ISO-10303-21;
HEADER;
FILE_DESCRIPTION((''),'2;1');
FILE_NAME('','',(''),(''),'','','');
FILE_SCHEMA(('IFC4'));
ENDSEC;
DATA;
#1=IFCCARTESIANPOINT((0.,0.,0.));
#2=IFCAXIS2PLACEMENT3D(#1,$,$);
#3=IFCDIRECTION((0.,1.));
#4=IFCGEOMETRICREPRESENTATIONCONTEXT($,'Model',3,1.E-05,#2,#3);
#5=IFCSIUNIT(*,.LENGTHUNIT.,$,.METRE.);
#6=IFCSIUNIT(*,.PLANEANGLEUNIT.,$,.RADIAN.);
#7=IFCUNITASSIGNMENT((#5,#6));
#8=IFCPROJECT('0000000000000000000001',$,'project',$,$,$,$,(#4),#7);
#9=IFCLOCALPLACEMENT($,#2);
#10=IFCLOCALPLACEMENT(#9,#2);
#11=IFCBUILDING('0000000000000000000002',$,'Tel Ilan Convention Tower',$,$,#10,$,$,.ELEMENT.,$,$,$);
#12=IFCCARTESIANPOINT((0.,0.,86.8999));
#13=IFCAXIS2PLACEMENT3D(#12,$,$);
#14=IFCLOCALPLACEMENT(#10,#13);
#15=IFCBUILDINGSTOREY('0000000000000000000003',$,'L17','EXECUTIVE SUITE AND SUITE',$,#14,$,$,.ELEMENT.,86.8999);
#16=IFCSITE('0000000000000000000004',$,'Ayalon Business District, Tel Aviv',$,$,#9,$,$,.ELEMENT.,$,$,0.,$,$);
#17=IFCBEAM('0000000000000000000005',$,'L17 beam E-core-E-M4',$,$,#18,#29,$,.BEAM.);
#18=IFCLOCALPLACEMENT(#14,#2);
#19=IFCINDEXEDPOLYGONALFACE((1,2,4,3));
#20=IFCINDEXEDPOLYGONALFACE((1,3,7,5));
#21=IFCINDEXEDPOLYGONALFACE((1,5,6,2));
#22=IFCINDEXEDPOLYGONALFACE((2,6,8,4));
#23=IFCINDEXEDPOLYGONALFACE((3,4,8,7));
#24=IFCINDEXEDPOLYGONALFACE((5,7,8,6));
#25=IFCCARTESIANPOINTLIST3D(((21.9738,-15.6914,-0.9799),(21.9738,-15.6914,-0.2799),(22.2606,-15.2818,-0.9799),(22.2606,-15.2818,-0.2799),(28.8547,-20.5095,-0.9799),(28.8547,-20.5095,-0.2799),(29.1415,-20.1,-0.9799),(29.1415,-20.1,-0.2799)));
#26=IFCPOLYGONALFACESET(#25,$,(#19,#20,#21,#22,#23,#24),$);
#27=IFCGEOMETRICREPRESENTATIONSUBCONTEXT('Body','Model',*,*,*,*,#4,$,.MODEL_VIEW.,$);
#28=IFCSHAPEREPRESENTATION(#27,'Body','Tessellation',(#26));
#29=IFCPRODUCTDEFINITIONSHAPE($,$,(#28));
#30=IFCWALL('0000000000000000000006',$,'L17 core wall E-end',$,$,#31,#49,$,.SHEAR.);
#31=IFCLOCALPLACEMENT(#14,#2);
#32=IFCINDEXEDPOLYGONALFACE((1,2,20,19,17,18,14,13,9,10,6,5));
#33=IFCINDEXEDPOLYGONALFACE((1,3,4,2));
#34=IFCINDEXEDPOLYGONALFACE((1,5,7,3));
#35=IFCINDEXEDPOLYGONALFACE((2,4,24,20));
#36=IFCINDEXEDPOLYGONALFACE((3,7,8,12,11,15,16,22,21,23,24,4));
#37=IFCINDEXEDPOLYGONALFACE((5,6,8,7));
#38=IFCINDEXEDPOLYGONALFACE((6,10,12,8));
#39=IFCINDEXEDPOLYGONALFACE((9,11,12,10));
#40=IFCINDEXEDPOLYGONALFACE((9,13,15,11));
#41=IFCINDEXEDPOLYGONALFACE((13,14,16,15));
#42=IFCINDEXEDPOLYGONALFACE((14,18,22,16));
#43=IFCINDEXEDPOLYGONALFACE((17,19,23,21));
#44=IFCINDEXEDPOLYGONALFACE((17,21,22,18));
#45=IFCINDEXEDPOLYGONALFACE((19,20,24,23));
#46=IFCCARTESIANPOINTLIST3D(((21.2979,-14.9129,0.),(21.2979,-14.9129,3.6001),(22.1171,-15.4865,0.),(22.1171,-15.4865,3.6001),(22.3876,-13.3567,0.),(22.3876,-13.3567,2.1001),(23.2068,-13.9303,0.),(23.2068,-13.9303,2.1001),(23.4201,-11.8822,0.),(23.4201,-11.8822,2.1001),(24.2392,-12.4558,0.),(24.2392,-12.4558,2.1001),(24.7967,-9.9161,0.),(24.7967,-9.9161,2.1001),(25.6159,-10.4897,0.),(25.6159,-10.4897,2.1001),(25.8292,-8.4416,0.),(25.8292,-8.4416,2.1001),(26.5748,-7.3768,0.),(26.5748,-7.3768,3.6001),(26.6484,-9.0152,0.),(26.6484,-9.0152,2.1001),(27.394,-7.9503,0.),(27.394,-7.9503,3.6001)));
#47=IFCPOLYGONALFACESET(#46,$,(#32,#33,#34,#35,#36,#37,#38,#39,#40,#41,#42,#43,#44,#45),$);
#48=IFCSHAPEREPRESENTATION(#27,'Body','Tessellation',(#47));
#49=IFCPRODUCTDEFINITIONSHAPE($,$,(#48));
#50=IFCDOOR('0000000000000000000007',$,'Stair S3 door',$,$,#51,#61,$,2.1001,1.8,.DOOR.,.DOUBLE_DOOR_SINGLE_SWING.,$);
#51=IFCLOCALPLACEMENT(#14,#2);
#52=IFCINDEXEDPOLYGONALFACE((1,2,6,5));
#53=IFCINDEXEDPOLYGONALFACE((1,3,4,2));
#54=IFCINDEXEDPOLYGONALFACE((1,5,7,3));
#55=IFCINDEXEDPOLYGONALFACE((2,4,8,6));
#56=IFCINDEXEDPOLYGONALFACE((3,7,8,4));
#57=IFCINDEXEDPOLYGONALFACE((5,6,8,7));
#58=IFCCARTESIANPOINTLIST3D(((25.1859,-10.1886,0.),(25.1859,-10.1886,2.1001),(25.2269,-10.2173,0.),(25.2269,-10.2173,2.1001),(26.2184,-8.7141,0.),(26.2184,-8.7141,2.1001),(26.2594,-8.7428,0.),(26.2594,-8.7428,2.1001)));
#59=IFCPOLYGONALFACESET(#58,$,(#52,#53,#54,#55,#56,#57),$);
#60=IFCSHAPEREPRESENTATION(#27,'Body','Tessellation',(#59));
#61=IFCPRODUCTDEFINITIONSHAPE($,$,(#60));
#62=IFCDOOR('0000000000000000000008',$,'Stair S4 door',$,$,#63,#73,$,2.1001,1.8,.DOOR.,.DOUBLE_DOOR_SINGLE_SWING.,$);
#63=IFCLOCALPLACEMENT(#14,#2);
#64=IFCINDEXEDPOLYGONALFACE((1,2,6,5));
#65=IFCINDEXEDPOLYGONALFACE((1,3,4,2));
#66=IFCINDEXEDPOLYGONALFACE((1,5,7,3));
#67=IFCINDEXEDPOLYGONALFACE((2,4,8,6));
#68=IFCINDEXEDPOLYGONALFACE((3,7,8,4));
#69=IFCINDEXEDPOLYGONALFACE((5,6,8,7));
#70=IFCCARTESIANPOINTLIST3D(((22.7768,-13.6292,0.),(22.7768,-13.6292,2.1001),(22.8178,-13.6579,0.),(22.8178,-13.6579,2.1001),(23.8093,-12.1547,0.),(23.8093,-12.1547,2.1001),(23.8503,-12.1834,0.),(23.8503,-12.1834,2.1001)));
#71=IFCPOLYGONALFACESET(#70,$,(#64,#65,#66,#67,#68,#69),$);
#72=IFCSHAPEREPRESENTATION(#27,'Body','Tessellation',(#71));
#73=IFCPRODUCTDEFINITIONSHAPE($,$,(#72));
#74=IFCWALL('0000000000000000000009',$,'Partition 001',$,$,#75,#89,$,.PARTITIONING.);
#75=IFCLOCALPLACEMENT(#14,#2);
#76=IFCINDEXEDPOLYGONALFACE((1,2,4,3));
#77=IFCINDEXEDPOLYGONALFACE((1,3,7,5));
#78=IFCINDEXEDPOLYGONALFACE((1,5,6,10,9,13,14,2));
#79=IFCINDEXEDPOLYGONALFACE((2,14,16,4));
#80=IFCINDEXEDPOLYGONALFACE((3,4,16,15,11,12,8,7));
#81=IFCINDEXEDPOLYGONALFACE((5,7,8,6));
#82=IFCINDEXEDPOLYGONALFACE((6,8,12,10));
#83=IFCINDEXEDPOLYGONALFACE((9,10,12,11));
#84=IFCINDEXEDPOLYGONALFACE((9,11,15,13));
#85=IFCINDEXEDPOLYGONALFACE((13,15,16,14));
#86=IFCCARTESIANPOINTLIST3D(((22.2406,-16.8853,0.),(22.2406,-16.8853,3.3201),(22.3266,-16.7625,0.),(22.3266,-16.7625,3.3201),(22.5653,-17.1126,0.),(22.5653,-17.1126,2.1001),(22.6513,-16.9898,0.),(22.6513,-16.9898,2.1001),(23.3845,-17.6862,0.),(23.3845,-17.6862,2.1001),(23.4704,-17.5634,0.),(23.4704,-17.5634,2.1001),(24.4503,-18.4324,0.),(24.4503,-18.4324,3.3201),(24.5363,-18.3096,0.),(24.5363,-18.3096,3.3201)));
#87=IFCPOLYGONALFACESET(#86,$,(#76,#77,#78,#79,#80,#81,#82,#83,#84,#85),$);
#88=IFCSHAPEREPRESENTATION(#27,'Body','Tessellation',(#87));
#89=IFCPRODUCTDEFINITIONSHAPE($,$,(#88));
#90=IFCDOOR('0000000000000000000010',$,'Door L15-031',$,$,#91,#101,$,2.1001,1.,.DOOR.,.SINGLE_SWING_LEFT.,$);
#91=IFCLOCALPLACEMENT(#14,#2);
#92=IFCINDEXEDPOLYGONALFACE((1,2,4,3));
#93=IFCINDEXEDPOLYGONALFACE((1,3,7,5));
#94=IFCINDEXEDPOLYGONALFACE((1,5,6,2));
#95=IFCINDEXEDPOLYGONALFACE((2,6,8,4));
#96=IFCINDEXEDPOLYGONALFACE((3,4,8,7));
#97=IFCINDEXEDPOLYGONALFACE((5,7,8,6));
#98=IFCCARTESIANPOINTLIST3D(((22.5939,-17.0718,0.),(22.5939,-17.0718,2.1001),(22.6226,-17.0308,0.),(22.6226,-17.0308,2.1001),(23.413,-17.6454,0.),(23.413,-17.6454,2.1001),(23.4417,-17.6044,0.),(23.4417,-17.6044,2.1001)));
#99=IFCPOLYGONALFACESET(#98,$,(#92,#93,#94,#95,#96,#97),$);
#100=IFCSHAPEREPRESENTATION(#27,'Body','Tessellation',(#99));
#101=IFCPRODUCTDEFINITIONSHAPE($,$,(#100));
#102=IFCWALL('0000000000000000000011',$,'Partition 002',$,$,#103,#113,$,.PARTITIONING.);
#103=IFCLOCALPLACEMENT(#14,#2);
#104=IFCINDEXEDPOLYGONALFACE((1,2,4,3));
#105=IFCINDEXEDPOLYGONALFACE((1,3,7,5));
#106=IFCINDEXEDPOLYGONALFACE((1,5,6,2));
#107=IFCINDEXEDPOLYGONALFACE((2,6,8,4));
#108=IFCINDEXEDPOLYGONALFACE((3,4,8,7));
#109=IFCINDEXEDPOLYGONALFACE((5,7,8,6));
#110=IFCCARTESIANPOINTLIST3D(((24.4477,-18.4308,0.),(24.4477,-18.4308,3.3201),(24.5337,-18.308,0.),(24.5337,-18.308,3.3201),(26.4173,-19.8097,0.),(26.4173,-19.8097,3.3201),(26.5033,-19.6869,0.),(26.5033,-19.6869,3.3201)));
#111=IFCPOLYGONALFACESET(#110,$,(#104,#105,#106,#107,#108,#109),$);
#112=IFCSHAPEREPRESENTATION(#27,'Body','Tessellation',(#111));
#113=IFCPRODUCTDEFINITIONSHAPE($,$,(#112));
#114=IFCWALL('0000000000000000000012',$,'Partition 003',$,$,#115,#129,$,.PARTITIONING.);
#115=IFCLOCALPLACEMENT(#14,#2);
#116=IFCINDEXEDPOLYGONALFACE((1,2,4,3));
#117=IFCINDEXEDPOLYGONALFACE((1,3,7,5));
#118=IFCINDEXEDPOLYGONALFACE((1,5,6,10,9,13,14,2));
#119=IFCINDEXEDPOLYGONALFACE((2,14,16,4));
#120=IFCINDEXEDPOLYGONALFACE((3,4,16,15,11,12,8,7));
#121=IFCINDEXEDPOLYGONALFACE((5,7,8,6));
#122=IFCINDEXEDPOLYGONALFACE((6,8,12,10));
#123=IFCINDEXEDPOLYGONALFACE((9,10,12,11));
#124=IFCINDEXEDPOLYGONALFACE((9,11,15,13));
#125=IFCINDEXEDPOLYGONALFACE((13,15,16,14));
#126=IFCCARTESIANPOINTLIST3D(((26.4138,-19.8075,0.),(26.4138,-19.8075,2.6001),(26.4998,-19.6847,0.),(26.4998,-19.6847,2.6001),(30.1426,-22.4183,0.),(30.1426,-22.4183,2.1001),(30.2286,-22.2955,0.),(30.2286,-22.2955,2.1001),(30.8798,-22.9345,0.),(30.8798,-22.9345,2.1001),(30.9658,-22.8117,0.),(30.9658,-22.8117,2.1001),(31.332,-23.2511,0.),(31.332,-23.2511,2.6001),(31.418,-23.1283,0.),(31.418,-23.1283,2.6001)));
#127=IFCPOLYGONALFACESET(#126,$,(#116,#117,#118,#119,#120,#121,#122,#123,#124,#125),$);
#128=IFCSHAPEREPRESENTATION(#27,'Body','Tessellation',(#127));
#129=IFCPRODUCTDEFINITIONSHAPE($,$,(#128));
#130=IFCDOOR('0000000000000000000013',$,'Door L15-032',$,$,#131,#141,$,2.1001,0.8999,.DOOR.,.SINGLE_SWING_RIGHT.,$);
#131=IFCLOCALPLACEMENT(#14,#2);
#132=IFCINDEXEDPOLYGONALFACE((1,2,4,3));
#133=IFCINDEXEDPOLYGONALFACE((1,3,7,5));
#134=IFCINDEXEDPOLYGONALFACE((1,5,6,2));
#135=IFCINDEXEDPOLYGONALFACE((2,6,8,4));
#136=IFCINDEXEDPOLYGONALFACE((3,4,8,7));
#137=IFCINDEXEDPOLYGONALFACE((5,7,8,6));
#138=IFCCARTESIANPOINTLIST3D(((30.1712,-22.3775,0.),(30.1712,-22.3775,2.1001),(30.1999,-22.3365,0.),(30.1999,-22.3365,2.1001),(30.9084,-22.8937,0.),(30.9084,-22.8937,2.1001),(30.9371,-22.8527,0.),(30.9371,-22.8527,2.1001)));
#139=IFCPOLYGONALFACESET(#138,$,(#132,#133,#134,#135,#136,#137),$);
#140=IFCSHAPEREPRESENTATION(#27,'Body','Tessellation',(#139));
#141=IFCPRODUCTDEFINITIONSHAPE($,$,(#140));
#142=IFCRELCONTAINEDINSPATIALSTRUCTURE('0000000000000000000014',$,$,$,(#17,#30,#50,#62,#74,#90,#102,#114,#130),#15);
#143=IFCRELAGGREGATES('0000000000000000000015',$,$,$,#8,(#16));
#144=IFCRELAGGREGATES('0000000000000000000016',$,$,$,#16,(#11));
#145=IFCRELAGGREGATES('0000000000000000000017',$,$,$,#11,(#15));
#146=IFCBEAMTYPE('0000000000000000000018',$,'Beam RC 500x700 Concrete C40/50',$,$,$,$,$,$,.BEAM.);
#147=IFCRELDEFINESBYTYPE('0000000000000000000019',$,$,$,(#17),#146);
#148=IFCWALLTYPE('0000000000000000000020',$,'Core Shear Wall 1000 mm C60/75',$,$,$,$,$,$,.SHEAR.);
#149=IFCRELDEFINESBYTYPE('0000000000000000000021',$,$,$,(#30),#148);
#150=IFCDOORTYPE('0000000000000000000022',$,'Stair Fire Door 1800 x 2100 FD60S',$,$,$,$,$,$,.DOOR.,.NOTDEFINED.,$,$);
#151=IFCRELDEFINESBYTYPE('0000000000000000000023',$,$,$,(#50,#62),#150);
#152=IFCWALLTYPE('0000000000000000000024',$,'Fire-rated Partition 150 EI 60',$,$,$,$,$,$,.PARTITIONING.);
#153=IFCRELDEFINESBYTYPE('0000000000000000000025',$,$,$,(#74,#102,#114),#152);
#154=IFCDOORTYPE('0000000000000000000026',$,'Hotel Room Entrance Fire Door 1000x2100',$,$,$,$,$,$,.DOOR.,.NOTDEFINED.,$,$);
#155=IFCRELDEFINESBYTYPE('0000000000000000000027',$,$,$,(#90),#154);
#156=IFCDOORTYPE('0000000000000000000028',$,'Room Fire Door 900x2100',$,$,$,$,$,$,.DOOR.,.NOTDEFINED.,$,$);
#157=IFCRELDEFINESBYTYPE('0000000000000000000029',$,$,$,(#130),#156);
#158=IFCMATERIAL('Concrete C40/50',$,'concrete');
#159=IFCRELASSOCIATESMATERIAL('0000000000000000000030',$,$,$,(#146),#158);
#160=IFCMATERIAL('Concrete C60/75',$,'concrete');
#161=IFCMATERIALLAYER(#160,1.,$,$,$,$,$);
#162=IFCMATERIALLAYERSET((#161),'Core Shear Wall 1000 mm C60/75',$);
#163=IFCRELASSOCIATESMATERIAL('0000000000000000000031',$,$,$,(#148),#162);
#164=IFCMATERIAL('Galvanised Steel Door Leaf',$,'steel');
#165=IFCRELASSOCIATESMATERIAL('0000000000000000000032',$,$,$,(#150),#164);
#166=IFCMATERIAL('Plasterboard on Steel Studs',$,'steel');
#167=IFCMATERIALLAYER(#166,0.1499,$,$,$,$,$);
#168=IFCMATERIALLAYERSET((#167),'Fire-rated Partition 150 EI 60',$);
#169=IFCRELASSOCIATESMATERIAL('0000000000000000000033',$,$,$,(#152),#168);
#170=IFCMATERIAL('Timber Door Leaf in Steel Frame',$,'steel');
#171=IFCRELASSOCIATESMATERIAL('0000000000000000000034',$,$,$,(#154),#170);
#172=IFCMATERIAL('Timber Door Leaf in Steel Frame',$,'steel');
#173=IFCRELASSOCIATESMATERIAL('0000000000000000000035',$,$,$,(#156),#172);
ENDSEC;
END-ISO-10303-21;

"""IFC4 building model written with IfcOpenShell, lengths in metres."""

from ifc_helpers import new_model, si_unit, direction, frame, frame_2d, origin, origin_2d, place, context, subcontext, project, spatial, polyline, rectangle, outline, extrude, material, layer, layer_set, material_profile, profile_set, type_object, element, fill, save


model = new_model("IFC4")

# Units and contexts
model_context = context("Model", 3, precision=1e-05, world=origin(), true_north=direction((0.0, 1.0)))
body_context = subcontext(model_context, "Body", "Model", "MODEL_VIEW")
ifc_project = project(units=[si_unit("LENGTHUNIT", "METRE"), si_unit("PLANEANGLEUNIT", "RADIAN")], contexts=[model_context])

# Site, building, storey
site_placement = place(None, origin())
site = spatial("IfcSite", under=ifc_project, at=site_placement, Name="Ayalon Business District, Tel Aviv", CompositionType="ELEMENT", RefElevation=0.0)
building_placement = place(site_placement, origin())
building = spatial("IfcBuilding", under=site, at=building_placement, Name="Tel Ilan Convention Tower", CompositionType="ELEMENT")
storey_placement = place(building_placement, frame((0.0, 0.0, 86.8999)))
storey = spatial("IfcBuildingStorey", under=building, at=storey_placement, Name="L17", Description="EXECUTIVE SUITE AND SUITE", CompositionType="ELEMENT", Elevation=86.8999)

# Beam
ifc_material_1 = material(Name="Concrete C40/50", Category="concrete")
ifc_material_profile = material_profile(ifc_material_1, rectangle(XDim=0.5, YDim=0.7, at=origin_2d()), Name="RC 500x700")
ifc_profile_set = profile_set([ifc_material_profile], Name="Concrete C40/50")
beam_type = type_object("IfcBeamType", Name="Beam RC 500x700 Concrete C40/50", PredefinedType="BEAM", material=ifc_profile_set)
beam_placement = place(storey_placement, frame((22.1172, -15.4866, -0.6299), z_axis=(0.819147, -0.573583, 0.0), x_axis=(0.573583, 0.819147, 0.0)))
element("IfcBeam", 1, at=beam_placement, inside=storey, type_object=beam_type, Name="L17 beam E-core-E-M4", PredefinedType="BEAM", context=body_context, shape_type="SweptSolid", body=[
    extrude(rectangle(XDim=0.5, YDim=0.7, at=origin_2d()), origin(), (0.0, 0.0, 1.0), 8.4001),
])

# Wall, openings, doors
ifc_material_2 = material(Name="Concrete C60/75", Category="concrete")
ifc_layer_1 = layer(ifc_material_2, 1.0)
ifc_layer_set_1 = layer_set([ifc_layer_1], Name="Core Shear Wall 1000 mm C60/75")
wall_type_1 = type_object("IfcWallType", Name="Core Shear Wall 1000 mm C60/75", PredefinedType="SHEAR", material=ifc_layer_set_1)
wall_1_placement = place(storey_placement, frame((21.7075, -15.1997, 0.0), z_axis=(0.0, 0.0, 1.0), x_axis=(0.573576, 0.819152, 0.0)))
wall_1 = element("IfcWall", 2, at=wall_1_placement, inside=storey, type_object=wall_type_1, Name="L17 core wall E-end", PredefinedType="SHEAR", context=body_context, shape_type="SweptSolid", body=[
    extrude(outline(polyline([(9.2, 0.5), (0.0, 0.5), (0.0, -0.5), (9.2, -0.5), (9.2, 0.5)])), origin(), (0.0, 0.0, 1.0), 3.6001),
])
opening_1_placement = place(wall_1_placement, frame((6.1001, 0.0, 0.0)))
opening_1 = element("IfcOpeningElement", 3, at=opening_1_placement, cuts=wall_1, PredefinedType="OPENING", context=body_context, shape_type="SweptSolid", body=[
    extrude(rectangle(XDim=1.8, YDim=2.1001, at=frame_2d((0.8999, 1.05))), frame((0.0, 0.51, 0.0), z_axis=(0.0, -1.0, 0.0), x_axis=(1.0, 0.0, 0.0)), (0.0, 0.0, 1.0), 1.02),
])
opening_2_placement = place(wall_1_placement, frame((1.8999, 0.0, 0.0)))
opening_2 = element("IfcOpeningElement", 4, at=opening_2_placement, cuts=wall_1, PredefinedType="OPENING", context=body_context, shape_type="SweptSolid", body=[
    extrude(rectangle(XDim=1.8, YDim=2.1001, at=frame_2d((0.8999, 1.05))), frame((0.0, 0.51, 0.0), z_axis=(0.0, -1.0, 0.0), x_axis=(1.0, 0.0, 0.0)), (0.0, 0.0, 1.0), 1.02),
])
ifc_material_3 = material(Name="Galvanised Steel Door Leaf", Category="steel")
door_type_1 = type_object("IfcDoorType", Name="Stair Fire Door 1800 x 2100 FD60S", OperationType="NOTDEFINED", PredefinedType="DOOR", material=ifc_material_3)
door_1_placement = place(opening_1_placement, origin())
door_1 = element("IfcDoor", 5, at=door_1_placement, inside=storey, type_object=door_type_1, Name="Stair S3 door", OperationType="DOUBLE_DOOR_SINGLE_SWING", OverallHeight=2.1001, OverallWidth=1.8, PredefinedType="DOOR", context=body_context, shape_type="SweptSolid", body=[
    extrude(rectangle(XDim=1.8, YDim=2.1001, at=frame_2d((0.8999, 1.05))), frame((0.0, 0.0249, 0.0), z_axis=(0.0, -1.0, 0.0), x_axis=(1.0, 0.0, 0.0)), (0.0, 0.0, 1.0), 0.05),
])
fill(opening_1, door_1)
door_2_placement = place(opening_2_placement, origin())
door_2 = element("IfcDoor", 6, at=door_2_placement, inside=storey, type_object=door_type_1, Name="Stair S4 door", OperationType="DOUBLE_DOOR_SINGLE_SWING", OverallHeight=2.1001, OverallWidth=1.8, PredefinedType="DOOR", context=body_context, shape_type="SweptSolid", body=[
    extrude(rectangle(XDim=1.8, YDim=2.1001, at=frame_2d((0.8999, 1.05))), frame((0.0, 0.0249, 0.0), z_axis=(0.0, -1.0, 0.0), x_axis=(1.0, 0.0, 0.0)), (0.0, 0.0, 1.0), 0.05),
])
fill(opening_2, door_2)

# Wall, opening, door
ifc_material_4 = material(Name="Plasterboard on Steel Studs", Category="steel")
ifc_layer_2 = layer(ifc_material_4, 0.1499)
ifc_layer_set_2 = layer_set([ifc_layer_2], Name="Fire-rated Partition 150 EI 60")
wall_type_2 = type_object("IfcWallType", Name="Fire-rated Partition 150 EI 60", PredefinedType="PARTITIONING", material=ifc_layer_set_2)
wall_2_placement = place(storey_placement, frame((22.2837, -16.824, 0.0), z_axis=(0.0, 0.0, 1.0), x_axis=(0.819177, -0.573541, 0.0)))
wall_2 = element("IfcWall", 7, at=wall_2_placement, inside=storey, type_object=wall_type_2, Name="Partition 001", PredefinedType="PARTITIONING", context=body_context, shape_type="SweptSolid", body=[
    extrude(rectangle(XDim=2.6975, YDim=0.1499, at=frame_2d((1.3486, 0.0))), origin(), (0.0, 0.0, 1.0), 3.3201),
])
opening_3_placement = place(wall_2_placement, frame((0.3962, 0.0, 0.0)))
opening_3 = element("IfcOpeningElement", 8, at=opening_3_placement, cuts=wall_2, PredefinedType="OPENING", context=body_context, shape_type="SweptSolid", body=[
    extrude(rectangle(XDim=1.0, YDim=2.1001, at=frame_2d((0.5, 1.05))), frame((0.0, 0.085, 0.0), z_axis=(0.0, -1.0, 0.0), x_axis=(1.0, 0.0, 0.0)), (0.0, 0.0, 1.0), 0.1699),
])
ifc_material_5 = material(Name="Timber Door Leaf in Steel Frame", Category="steel")
door_type_2 = type_object("IfcDoorType", Name="Hotel Room Entrance Fire Door 1000x2100", OperationType="NOTDEFINED", PredefinedType="DOOR", material=ifc_material_5)
door_3_placement = place(opening_3_placement, origin())
door_3 = element("IfcDoor", 9, at=door_3_placement, inside=storey, type_object=door_type_2, Name="Door L15-031", OperationType="SINGLE_SWING_LEFT", OverallHeight=2.1001, OverallWidth=1.0, PredefinedType="DOOR", context=body_context, shape_type="SweptSolid", body=[
    extrude(rectangle(XDim=1.0, YDim=2.1001, at=frame_2d((0.5, 1.05))), frame((0.0, 0.0249, 0.0), z_axis=(0.0, -1.0, 0.0), x_axis=(1.0, 0.0, 0.0)), (0.0, 0.0, 1.0), 0.05),
])
fill(opening_3, door_3)

# Wall
wall_3_placement = place(storey_placement, frame((24.4907, -18.3694, 0.0), z_axis=(0.0, 0.0, 1.0), x_axis=(0.819179, -0.573537, 0.0)))
element("IfcWall", 10, at=wall_3_placement, inside=storey, type_object=wall_type_2, Name="Partition 002", PredefinedType="PARTITIONING", context=body_context, shape_type="SweptSolid", body=[
    extrude(rectangle(XDim=2.4043, YDim=0.1499, at=frame_2d((1.2021, 0.0))), origin(), (0.0, 0.0, 1.0), 3.3201),
])

# Wall, opening, door
wall_4_placement = place(storey_placement, frame((26.4568, -19.7461, 0.0), z_axis=(0.0, 0.0, 1.0), x_axis=(0.819165, -0.573558, 0.0)))
wall_4 = element("IfcWall", 11, at=wall_4_placement, inside=storey, type_object=wall_type_2, Name="Partition 003", PredefinedType="PARTITIONING", context=body_context, shape_type="SweptSolid", body=[
    extrude(rectangle(XDim=6.0039, YDim=0.1499, at=frame_2d((3.002, 0.0))), origin(), (0.0, 0.0, 1.0), 2.6001),
])
opening_4_placement = place(wall_4_placement, frame((4.552, 0.0, 0.0)))
opening_4 = element("IfcOpeningElement", 12, at=opening_4_placement, cuts=wall_4, PredefinedType="OPENING", context=body_context, shape_type="SweptSolid", body=[
    extrude(rectangle(XDim=0.8999, YDim=2.1001, at=frame_2d((0.45, 1.05))), frame((0.0, 0.085, 0.0), z_axis=(0.0, -1.0, 0.0), x_axis=(1.0, 0.0, 0.0)), (0.0, 0.0, 1.0), 0.1699),
])
ifc_material_6 = material(Name="Timber Door Leaf in Steel Frame", Category="steel")
door_type_3 = type_object("IfcDoorType", Name="Room Fire Door 900x2100", OperationType="NOTDEFINED", PredefinedType="DOOR", material=ifc_material_6)
door_4_placement = place(opening_4_placement, origin())
door_4 = element("IfcDoor", 13, at=door_4_placement, inside=storey, type_object=door_type_3, Name="Door L15-032", OperationType="SINGLE_SWING_RIGHT", OverallHeight=2.1001, OverallWidth=0.8999, PredefinedType="DOOR", context=body_context, shape_type="SweptSolid", body=[
    extrude(rectangle(XDim=0.8999, YDim=2.1001, at=frame_2d((0.45, 1.05))), frame((0.0, 0.0249, 0.0), z_axis=(0.0, -1.0, 0.0), x_axis=(1.0, 0.0, 0.0)), (0.0, 0.0, 1.0), 0.05),
])
fill(opening_4, door_4)

save(model, "model.ifc")
